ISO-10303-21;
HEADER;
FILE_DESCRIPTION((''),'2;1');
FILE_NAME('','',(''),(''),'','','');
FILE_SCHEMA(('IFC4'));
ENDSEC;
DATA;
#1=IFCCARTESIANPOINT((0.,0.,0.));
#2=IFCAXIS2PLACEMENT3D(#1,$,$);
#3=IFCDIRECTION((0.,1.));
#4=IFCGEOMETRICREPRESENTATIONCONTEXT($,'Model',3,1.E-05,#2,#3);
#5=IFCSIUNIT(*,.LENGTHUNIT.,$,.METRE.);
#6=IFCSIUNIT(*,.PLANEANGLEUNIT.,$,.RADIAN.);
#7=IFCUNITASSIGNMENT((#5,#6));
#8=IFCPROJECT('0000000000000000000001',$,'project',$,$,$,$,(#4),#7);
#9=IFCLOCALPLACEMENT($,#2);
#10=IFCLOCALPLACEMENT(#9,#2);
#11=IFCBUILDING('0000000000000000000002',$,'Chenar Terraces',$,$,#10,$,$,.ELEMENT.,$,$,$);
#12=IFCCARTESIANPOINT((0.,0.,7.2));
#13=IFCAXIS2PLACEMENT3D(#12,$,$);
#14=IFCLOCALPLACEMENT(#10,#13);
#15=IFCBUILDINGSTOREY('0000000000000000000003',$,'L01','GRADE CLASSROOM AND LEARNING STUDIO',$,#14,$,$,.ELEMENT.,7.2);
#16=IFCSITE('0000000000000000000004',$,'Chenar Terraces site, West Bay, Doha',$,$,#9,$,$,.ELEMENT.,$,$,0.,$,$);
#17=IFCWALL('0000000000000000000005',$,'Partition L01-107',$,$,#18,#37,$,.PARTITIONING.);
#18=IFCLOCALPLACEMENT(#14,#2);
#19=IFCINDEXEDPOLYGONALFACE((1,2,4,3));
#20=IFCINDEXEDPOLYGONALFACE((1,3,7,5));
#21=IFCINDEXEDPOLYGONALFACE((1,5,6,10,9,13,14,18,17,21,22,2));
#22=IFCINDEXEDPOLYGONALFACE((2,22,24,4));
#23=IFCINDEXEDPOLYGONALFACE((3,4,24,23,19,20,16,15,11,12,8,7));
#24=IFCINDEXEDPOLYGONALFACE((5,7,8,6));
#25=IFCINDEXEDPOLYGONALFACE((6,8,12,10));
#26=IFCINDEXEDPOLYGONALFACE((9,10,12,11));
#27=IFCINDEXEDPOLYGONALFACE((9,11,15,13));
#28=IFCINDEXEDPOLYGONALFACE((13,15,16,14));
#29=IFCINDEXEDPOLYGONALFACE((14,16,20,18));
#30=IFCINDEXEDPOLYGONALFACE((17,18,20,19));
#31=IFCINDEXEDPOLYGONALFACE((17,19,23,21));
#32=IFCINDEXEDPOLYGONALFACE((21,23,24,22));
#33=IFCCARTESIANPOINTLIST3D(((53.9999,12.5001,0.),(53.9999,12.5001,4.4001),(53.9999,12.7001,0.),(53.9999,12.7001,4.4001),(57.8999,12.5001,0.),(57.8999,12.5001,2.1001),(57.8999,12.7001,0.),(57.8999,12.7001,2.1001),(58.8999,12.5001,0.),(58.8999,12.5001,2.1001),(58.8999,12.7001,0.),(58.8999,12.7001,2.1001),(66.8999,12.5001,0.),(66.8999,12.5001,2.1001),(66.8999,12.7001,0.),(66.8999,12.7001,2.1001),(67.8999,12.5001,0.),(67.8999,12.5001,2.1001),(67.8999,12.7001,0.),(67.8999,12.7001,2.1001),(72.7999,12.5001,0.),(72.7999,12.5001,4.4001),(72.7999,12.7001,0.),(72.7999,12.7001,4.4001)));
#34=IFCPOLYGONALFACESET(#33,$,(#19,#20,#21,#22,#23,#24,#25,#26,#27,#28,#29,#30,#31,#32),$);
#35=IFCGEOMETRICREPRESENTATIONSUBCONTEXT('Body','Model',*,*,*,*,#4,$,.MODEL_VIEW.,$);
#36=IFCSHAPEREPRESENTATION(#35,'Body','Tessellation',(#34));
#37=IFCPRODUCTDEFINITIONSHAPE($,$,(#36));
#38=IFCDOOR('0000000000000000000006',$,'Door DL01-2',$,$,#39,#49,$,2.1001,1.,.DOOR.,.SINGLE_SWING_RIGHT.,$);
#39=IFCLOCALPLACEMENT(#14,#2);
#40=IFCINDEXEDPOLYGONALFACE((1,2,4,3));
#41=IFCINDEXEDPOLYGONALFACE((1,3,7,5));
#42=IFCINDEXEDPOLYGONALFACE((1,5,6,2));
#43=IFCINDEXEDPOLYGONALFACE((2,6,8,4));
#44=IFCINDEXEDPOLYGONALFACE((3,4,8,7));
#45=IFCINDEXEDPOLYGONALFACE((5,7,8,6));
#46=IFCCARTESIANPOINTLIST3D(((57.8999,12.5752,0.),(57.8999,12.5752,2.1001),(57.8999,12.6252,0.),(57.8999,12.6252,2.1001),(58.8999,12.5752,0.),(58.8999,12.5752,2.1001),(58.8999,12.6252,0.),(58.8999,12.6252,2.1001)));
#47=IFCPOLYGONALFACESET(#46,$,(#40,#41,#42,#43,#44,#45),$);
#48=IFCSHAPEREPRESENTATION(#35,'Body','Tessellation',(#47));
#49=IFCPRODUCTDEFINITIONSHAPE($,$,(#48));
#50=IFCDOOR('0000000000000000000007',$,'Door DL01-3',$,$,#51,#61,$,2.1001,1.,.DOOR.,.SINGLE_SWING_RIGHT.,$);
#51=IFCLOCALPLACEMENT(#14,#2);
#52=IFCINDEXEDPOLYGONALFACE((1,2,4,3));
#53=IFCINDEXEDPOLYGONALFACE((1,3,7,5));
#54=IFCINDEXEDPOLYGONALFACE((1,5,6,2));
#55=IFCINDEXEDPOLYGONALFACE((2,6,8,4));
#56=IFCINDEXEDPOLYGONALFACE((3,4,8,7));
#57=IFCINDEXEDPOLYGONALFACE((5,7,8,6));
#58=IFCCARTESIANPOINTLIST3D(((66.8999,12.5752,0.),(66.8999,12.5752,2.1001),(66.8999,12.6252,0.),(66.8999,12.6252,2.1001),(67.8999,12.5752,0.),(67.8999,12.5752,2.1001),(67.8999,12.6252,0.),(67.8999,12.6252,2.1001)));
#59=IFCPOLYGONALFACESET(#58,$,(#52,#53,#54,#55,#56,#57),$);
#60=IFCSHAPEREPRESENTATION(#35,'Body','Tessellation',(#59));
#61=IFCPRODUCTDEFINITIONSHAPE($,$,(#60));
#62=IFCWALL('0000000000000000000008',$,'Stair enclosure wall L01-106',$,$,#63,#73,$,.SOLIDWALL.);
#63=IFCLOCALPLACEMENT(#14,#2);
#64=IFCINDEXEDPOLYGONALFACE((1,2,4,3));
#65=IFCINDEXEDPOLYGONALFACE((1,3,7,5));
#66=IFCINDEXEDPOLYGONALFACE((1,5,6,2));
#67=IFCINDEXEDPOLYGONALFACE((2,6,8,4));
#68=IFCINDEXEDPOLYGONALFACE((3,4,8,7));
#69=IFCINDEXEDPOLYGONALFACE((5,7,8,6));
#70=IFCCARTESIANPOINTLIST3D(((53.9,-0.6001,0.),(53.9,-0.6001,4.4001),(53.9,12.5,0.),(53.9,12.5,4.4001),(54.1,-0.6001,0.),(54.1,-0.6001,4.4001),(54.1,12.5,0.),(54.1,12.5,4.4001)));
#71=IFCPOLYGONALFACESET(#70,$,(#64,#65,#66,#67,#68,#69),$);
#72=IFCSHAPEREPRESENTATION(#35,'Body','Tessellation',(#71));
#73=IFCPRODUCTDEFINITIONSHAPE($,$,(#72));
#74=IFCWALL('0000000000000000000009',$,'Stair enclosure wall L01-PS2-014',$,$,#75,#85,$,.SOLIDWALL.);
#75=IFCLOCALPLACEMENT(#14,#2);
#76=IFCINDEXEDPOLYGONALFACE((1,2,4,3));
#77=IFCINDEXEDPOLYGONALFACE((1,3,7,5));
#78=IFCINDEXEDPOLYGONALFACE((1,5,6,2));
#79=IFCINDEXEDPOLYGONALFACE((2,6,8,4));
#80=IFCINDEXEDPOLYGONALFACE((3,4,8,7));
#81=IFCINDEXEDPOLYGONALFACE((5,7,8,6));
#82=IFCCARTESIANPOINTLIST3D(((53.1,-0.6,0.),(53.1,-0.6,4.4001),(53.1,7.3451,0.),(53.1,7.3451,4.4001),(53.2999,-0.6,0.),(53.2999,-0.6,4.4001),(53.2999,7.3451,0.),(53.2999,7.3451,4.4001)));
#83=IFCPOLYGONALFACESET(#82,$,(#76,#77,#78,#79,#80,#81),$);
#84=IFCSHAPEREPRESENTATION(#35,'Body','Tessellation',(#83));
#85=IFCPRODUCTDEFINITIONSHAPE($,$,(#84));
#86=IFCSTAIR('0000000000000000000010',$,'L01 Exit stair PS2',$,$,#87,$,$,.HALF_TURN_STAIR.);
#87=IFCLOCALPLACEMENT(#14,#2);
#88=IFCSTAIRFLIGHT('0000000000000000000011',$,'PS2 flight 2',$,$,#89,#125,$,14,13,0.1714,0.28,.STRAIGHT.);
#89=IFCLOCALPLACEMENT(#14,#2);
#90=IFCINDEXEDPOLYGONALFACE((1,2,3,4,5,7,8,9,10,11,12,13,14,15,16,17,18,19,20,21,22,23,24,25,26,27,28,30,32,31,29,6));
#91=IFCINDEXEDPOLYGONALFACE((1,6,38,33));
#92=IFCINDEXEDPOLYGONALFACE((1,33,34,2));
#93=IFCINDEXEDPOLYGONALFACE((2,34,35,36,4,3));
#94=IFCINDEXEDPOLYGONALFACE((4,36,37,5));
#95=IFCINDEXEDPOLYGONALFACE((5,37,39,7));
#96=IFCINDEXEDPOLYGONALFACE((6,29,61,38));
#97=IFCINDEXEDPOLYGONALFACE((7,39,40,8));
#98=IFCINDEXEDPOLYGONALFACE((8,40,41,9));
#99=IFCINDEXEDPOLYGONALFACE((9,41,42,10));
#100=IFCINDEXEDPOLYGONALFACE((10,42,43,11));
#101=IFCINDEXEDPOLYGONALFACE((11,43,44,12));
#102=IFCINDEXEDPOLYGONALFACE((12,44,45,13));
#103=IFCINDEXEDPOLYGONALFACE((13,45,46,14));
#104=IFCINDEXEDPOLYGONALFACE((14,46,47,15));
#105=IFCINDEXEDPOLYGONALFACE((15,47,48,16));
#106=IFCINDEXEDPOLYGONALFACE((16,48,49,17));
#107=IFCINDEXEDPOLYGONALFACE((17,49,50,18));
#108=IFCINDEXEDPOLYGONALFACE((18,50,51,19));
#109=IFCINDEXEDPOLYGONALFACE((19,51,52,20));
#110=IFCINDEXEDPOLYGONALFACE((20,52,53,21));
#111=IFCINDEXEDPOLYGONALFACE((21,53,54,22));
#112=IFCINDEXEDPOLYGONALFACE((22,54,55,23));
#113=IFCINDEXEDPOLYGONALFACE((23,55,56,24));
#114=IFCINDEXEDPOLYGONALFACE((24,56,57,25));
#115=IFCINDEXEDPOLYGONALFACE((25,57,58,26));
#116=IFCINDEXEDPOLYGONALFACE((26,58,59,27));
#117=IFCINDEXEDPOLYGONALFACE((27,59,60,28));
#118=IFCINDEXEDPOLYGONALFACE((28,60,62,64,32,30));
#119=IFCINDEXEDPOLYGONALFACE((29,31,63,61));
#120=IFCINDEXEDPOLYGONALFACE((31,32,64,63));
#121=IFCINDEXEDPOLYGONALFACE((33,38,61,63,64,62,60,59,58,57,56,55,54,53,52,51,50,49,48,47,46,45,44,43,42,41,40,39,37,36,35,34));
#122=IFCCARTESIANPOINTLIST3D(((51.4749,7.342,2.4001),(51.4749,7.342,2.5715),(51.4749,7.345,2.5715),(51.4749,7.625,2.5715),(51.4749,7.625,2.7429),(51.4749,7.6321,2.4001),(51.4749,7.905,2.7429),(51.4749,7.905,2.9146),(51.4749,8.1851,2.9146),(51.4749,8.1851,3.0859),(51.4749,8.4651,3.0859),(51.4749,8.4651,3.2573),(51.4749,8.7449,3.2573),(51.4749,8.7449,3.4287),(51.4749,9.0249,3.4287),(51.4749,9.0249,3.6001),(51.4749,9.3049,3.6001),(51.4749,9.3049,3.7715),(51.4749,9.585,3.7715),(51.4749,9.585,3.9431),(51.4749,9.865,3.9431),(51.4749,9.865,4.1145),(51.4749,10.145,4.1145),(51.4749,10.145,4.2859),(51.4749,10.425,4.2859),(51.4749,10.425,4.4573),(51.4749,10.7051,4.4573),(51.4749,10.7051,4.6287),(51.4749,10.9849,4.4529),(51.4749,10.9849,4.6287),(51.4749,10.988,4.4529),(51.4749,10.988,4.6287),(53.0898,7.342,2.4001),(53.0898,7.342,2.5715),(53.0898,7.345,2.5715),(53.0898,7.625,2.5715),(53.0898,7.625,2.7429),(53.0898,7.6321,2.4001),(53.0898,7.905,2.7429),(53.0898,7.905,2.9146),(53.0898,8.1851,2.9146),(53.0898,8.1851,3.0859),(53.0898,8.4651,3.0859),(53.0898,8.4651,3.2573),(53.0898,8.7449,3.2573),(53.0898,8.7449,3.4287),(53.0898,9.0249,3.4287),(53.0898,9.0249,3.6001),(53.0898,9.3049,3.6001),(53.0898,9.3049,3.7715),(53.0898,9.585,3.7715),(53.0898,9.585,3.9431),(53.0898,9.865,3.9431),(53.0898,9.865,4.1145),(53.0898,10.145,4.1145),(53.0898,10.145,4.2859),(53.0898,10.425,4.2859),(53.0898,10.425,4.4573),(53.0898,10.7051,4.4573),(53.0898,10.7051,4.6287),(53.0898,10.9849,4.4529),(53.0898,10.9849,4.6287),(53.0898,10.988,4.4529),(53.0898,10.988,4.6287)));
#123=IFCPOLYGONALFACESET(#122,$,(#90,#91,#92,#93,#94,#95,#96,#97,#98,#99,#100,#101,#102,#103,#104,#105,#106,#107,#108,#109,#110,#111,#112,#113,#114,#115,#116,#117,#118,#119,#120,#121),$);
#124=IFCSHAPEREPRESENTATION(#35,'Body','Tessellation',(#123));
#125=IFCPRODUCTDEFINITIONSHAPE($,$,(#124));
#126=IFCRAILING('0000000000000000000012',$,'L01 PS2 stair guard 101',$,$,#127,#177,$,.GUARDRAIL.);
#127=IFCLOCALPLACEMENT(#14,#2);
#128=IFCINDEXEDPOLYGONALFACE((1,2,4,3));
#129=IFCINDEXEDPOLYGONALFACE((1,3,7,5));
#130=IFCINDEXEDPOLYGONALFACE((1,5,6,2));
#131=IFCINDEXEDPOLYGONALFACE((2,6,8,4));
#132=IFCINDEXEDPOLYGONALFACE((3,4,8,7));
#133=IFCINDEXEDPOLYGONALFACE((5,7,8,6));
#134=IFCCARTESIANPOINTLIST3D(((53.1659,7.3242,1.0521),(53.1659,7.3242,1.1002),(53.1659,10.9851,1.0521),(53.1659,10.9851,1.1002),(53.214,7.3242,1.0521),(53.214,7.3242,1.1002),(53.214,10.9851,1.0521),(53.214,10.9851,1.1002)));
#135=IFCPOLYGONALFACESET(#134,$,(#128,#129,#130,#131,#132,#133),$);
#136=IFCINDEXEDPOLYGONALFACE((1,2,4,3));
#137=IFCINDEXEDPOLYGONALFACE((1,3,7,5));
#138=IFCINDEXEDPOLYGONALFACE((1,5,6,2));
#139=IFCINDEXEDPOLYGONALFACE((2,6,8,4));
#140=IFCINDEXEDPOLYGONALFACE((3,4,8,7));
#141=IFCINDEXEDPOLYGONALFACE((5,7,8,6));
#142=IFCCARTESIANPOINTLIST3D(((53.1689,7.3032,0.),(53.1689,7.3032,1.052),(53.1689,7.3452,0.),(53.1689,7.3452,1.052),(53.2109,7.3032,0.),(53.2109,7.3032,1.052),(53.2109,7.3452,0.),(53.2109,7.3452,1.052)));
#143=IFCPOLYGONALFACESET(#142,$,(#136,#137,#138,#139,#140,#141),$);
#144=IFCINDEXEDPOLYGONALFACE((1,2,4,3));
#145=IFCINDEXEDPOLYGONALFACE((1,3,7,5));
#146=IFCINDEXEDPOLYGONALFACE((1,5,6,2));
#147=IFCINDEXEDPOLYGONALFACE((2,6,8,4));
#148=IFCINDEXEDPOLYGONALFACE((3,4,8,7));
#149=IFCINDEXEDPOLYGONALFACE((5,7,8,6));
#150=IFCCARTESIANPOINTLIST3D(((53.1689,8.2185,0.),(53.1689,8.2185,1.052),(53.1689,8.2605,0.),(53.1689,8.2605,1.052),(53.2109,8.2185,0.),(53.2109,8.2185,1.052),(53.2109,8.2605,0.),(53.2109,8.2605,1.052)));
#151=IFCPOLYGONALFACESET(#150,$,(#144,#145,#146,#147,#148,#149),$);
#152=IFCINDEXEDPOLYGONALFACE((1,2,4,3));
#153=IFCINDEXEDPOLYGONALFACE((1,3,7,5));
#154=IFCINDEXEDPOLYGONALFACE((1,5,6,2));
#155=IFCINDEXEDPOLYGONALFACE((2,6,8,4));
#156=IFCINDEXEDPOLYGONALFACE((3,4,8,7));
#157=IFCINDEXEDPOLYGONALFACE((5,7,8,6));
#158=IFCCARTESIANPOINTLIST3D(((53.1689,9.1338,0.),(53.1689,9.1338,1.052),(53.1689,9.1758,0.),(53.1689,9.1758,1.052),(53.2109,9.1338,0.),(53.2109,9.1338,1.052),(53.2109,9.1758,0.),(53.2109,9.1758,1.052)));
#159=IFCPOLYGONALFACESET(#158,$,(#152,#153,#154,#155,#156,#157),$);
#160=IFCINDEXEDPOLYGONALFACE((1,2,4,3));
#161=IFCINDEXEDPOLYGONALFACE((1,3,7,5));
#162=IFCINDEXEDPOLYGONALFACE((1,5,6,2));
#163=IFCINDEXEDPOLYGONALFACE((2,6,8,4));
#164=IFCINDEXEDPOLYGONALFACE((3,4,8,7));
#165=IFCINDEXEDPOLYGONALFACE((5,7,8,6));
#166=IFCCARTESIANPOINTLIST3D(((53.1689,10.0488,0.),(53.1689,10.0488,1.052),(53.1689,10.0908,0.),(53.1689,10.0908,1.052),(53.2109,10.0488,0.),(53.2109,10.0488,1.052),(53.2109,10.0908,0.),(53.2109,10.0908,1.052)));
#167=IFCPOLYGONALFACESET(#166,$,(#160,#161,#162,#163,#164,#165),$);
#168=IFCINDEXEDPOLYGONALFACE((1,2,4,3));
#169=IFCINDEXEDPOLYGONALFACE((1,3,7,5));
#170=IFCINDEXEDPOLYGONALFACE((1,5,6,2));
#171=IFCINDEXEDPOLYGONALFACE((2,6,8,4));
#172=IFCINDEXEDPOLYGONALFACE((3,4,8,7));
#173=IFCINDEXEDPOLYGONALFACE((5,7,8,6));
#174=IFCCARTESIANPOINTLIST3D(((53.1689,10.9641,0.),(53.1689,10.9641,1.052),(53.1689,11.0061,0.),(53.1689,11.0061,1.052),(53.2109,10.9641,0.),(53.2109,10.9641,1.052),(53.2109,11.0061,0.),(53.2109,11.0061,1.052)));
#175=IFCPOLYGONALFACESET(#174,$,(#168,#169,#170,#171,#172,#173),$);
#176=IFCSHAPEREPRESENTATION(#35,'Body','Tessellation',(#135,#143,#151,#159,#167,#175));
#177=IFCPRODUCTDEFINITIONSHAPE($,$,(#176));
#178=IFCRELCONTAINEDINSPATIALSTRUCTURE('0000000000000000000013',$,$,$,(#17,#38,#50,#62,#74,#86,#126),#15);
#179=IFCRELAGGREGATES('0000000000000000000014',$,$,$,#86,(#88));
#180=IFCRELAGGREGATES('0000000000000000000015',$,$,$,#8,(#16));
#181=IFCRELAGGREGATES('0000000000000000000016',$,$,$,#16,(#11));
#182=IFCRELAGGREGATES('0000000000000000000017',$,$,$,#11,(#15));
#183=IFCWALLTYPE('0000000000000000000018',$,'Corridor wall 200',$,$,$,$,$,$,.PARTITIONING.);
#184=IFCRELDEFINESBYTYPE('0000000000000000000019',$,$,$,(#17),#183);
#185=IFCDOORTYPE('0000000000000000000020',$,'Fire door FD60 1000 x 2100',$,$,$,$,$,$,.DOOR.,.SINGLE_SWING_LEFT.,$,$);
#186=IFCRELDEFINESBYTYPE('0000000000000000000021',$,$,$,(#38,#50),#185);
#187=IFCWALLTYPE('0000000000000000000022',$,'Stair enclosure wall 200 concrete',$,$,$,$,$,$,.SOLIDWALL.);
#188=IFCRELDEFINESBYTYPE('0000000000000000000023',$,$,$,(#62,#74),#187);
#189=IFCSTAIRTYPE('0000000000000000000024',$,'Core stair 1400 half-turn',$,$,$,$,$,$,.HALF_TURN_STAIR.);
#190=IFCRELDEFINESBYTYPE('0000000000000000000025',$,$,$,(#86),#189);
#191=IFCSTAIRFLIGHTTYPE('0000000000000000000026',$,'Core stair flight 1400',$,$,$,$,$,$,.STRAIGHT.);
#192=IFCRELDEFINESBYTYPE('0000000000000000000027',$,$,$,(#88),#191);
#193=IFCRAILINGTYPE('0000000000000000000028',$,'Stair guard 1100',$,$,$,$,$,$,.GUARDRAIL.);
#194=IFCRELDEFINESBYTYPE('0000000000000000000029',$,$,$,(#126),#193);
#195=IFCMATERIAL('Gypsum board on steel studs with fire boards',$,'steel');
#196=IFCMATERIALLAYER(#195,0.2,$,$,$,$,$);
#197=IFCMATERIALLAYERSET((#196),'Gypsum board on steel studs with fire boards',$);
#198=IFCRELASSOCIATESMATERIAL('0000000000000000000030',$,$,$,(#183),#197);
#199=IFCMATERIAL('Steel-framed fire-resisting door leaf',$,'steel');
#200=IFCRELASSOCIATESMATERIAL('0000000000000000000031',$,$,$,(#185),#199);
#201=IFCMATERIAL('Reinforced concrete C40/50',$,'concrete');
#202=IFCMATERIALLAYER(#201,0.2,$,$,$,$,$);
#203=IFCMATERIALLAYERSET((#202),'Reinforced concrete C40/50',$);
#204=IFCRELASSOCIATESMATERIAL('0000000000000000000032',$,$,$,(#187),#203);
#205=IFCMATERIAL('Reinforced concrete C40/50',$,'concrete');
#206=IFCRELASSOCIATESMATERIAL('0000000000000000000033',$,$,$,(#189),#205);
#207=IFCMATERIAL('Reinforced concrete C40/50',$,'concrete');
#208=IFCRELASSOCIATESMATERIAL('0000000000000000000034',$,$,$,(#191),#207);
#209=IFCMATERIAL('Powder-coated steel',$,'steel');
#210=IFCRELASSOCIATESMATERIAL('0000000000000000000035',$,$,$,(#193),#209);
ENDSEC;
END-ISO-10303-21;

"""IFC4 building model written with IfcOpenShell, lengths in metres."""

from ifc_helpers import new_model, si_unit, direction, frame, frame_2d, origin, origin_2d, place, context, subcontext, project, spatial, polyline, rectangle, outline, extrude, material, layer, layer_set, type_object, element, fill, aggregate, save


model = new_model("IFC4")

# Units and contexts
model_context = context("Model", 3, precision=1e-05, world=origin(), true_north=direction((0.0, 1.0)))
body_context = subcontext(model_context, "Body", "Model", "MODEL_VIEW")
ifc_project = project(units=[si_unit("LENGTHUNIT", "METRE"), si_unit("PLANEANGLEUNIT", "RADIAN")], contexts=[model_context])

# Site, building, storey
site_placement = place(None, origin())
site = spatial("IfcSite", under=ifc_project, at=site_placement, Name="Chenar Terraces site, West Bay, Doha", CompositionType="ELEMENT", RefElevation=0.0)
building_placement = place(site_placement, origin())
building = spatial("IfcBuilding", under=site, at=building_placement, Name="Chenar Terraces", CompositionType="ELEMENT")
storey_placement = place(building_placement, frame((0.0, 0.0, 7.2)))
storey = spatial("IfcBuildingStorey", under=building, at=storey_placement, Name="L01", Description="GRADE CLASSROOM AND LEARNING STUDIO", CompositionType="ELEMENT", Elevation=7.2)

# Shared definitions
ifc_material_1 = material(Name="Gypsum board on steel studs with fire boards", Category="steel")
ifc_layer_1 = layer(ifc_material_1, 0.2)
ifc_layer_set_1 = layer_set([ifc_layer_1], Name="Gypsum board on steel studs with fire boards")
wall_type_1 = type_object("IfcWallType", Name="Corridor wall 200", PredefinedType="PARTITIONING", material=ifc_layer_set_1)
ifc_material_2 = material(Name="Steel-framed fire-resisting door leaf", Category="steel")
door_type = type_object("IfcDoorType", Name="Fire door FD60 1000 x 2100", OperationType="SINGLE_SWING_LEFT", PredefinedType="DOOR", material=ifc_material_2)

# Wall, openings, doors
wall_1_placement = place(storey_placement, frame((54.0, 12.6001, 0.0), z_axis=(0.0, 0.0, 1.0), x_axis=(1.0, 0.0, 0.0)))
wall_1 = element("IfcWall", 1, at=wall_1_placement, inside=storey, type_object=wall_type_1, Name="Partition L01-107", PredefinedType="PARTITIONING", context=body_context, shape_type="SweptSolid", body=[
    extrude(rectangle(XDim=18.8, YDim=0.2, at=frame_2d((9.3999, 0.0))), origin(), (0.0, 0.0, 1.0), 4.4001),
])
opening_1_placement = place(wall_1_placement, frame((3.8999, 0.0, 0.0)))
opening_1 = element("IfcOpeningElement", 2, at=opening_1_placement, cuts=wall_1, PredefinedType="OPENING", context=body_context, shape_type="SweptSolid", body=[
    extrude(rectangle(XDim=1.0, YDim=2.1001, at=frame_2d((0.5, 1.05))), frame((0.0, 0.1099, 0.0), z_axis=(0.0, -1.0, 0.0), x_axis=(1.0, 0.0, 0.0)), (0.0, 0.0, 1.0), 0.22),
])
opening_2_placement = place(wall_1_placement, frame((12.8999, 0.0, 0.0)))
opening_2 = element("IfcOpeningElement", 3, at=opening_2_placement, cuts=wall_1, PredefinedType="OPENING", context=body_context, shape_type="SweptSolid", body=[
    extrude(rectangle(XDim=1.0, YDim=2.1001, at=frame_2d((0.5, 1.05))), frame((0.0, 0.1099, 0.0), z_axis=(0.0, -1.0, 0.0), x_axis=(1.0, 0.0, 0.0)), (0.0, 0.0, 1.0), 0.22),
])
door_1_placement = place(opening_1_placement, frame((1.0, 0.0, 0.0), z_axis=(0.0, 0.0, 1.0), x_axis=(-1.0, 0.0, 0.0)))
door_1 = element("IfcDoor", 4, at=door_1_placement, inside=storey, type_object=door_type, Name="Door DL01-2", OperationType="SINGLE_SWING_RIGHT", OverallHeight=2.1001, OverallWidth=1.0, PredefinedType="DOOR", context=body_context, shape_type="SweptSolid", body=[
    extrude(rectangle(XDim=1.0, YDim=2.1001, at=frame_2d((0.5, 1.05))), frame((0.0, 0.0249, 0.0), z_axis=(0.0, -1.0, 0.0), x_axis=(1.0, 0.0, 0.0)), (0.0, 0.0, 1.0), 0.05),
])
fill(opening_1, door_1)
door_2_placement = place(opening_2_placement, frame((1.0, 0.0, 0.0), z_axis=(0.0, 0.0, 1.0), x_axis=(-1.0, 0.0, 0.0)))
door_2 = element("IfcDoor", 5, at=door_2_placement, inside=storey, type_object=door_type, Name="Door DL01-3", OperationType="SINGLE_SWING_RIGHT", OverallHeight=2.1001, OverallWidth=1.0, PredefinedType="DOOR", context=body_context, shape_type="SweptSolid", body=[
    extrude(rectangle(XDim=1.0, YDim=2.1001, at=frame_2d((0.5, 1.05))), frame((0.0, 0.0249, 0.0), z_axis=(0.0, -1.0, 0.0), x_axis=(1.0, 0.0, 0.0)), (0.0, 0.0, 1.0), 0.05),
])
fill(opening_2, door_2)

# Walls
ifc_material_3 = material(Name="Reinforced concrete C40/50", Category="concrete")
ifc_layer_2 = layer(ifc_material_3, 0.2)
ifc_layer_set_2 = layer_set([ifc_layer_2], Name="Reinforced concrete C40/50")
wall_type_2 = type_object("IfcWallType", Name="Stair enclosure wall 200 concrete", PredefinedType="SOLIDWALL", material=ifc_layer_set_2)
wall_2_placement = place(storey_placement, frame((54.0, -0.6001, 0.0), z_axis=(0.0, 0.0, 1.0), x_axis=(0.0, 1.0, 0.0)))
element("IfcWall", 6, at=wall_2_placement, inside=storey, type_object=wall_type_2, Name="Stair enclosure wall L01-106", PredefinedType="SOLIDWALL", context=body_context, shape_type="SweptSolid", body=[
    extrude(rectangle(XDim=13.1001, YDim=0.2, at=frame_2d((6.55, 0.0))), origin(), (0.0, 0.0, 1.0), 4.4001),
])
wall_3_placement = place(storey_placement, frame((53.2, -0.6001, 0.0), z_axis=(0.0, 0.0, 1.0), x_axis=(0.0, 1.0, 0.0)))
element("IfcWall", 7, at=wall_3_placement, inside=storey, type_object=wall_type_2, Name="Stair enclosure wall L01-PS2-014", PredefinedType="SOLIDWALL", context=body_context, shape_type="SweptSolid", body=[
    extrude(rectangle(XDim=7.9451, YDim=0.2, at=frame_2d((3.9727, 0.0))), origin(), (0.0, 0.0, 1.0), 4.4001),
])

# Stair, stair flight
ifc_material_4 = material(Name="Reinforced concrete C40/50", Category="concrete")
stair_type = type_object("IfcStairType", Name="Core stair 1400 half-turn", PredefinedType="HALF_TURN_STAIR", material=ifc_material_4)
stair_placement = place(storey_placement, origin())
stair = element("IfcStair", 8, at=stair_placement, inside=storey, type_object=stair_type, Name="L01 Exit stair PS2", PredefinedType="HALF_TURN_STAIR")
ifc_material_5 = material(Name="Reinforced concrete C40/50", Category="concrete")
stair_flight_type = type_object("IfcStairFlightType", Name="Core stair flight 1400", PredefinedType="STRAIGHT", material=ifc_material_5)
stair_flight_placement = place(storey_placement, frame((52.2825, 7.345, 2.4001), z_axis=(0.0, 0.0, 1.0), x_axis=(0.0, 1.0, 0.0)))
stair_flight = element("IfcStairFlight", 9, at=stair_flight_placement, type_object=stair_flight_type, Name="PS2 flight 2", NumberOfRisers=14, NumberOfTreads=13, PredefinedType="STRAIGHT", RiserHeight=0.1714, TreadLength=0.28, context=body_context, shape_type="SweptSolid", body=[
    extrude(outline(polyline([(-0.0029, 0.0), (-0.0029, 0.1714), (0.0, 0.1714), (0.28, 0.1714), (0.28, 0.3428), (0.5601, 0.3428), (0.5601, 0.5144), (0.8401, 0.5144), (0.8401, 0.6858), (1.1201, 0.6858), (1.1201, 0.8572), (1.3999, 0.8572), (1.3999, 1.0286), (1.6799, 1.0286), (1.6799, 1.2), (1.96, 1.2), (1.96, 1.3713), (2.24, 1.3713), (2.24, 1.543), (2.52, 1.543), (2.52, 1.7144), (2.8, 1.7144), (2.8, 1.8857), (3.0801, 1.8857), (3.0801, 2.0571), (3.3601, 2.0571), (3.3601, 2.2285), (3.6399, 2.2285), (3.6431, 2.2285), (3.6431, 2.0527), (3.6399, 2.0527), (0.2871, 0.0), (-0.0029, 0.0)])), frame((0.0, 0.8076, 0.0), z_axis=(0.0, -1.0, 0.0), x_axis=(1.0, 0.0, 0.0)), (0.0, 0.0, 1.0), 1.615),
])
aggregate(stair, [stair_flight])

# Railing
ifc_material_6 = material(Name="Powder-coated steel", Category="steel")
railing_type_1 = type_object("IfcRailingType", Name="Stair guard 1100", PredefinedType="GUARDRAIL", material=ifc_material_6)
railing_1_placement = place(storey_placement, frame((53.1899, 7.3242, 0.0)))
element("IfcRailing", 10, at=railing_1_placement, inside=storey, type_object=railing_type_1, Name="L01 PS2 stair guard 101", PredefinedType="GUARDRAIL", context=body_context, shape_type="SweptSolid", body=[
    extrude(rectangle(XDim=0.0481, YDim=0.0481, at=origin_2d()), frame((0.0, 0.0, 1.0762), z_axis=(0.0, 1.0, 0.0), x_axis=(-1.0, 0.0, 0.0)), (0.0, 0.0, 1.0), 3.6609),
    extrude(rectangle(XDim=0.042, YDim=0.042, at=origin_2d()), origin(), (0.0, 0.0, 1.0), 1.052),
    extrude(rectangle(XDim=0.042, YDim=0.042, at=origin_2d()), frame((0.0, 0.9153, 0.0)), (0.0, 0.0, 1.0), 1.052),
    extrude(rectangle(XDim=0.042, YDim=0.042, at=origin_2d()), frame((0.0, 1.8306, 0.0)), (0.0, 0.0, 1.0), 1.052),
    extrude(rectangle(XDim=0.042, YDim=0.042, at=origin_2d()), frame((0.0, 2.7456, 0.0)), (0.0, 0.0, 1.0), 1.052),
    extrude(rectangle(XDim=0.042, YDim=0.042, at=origin_2d()), frame((0.0, 3.6609, 0.0)), (0.0, 0.0, 1.0), 1.052),
])

save(model, "model.ifc")
